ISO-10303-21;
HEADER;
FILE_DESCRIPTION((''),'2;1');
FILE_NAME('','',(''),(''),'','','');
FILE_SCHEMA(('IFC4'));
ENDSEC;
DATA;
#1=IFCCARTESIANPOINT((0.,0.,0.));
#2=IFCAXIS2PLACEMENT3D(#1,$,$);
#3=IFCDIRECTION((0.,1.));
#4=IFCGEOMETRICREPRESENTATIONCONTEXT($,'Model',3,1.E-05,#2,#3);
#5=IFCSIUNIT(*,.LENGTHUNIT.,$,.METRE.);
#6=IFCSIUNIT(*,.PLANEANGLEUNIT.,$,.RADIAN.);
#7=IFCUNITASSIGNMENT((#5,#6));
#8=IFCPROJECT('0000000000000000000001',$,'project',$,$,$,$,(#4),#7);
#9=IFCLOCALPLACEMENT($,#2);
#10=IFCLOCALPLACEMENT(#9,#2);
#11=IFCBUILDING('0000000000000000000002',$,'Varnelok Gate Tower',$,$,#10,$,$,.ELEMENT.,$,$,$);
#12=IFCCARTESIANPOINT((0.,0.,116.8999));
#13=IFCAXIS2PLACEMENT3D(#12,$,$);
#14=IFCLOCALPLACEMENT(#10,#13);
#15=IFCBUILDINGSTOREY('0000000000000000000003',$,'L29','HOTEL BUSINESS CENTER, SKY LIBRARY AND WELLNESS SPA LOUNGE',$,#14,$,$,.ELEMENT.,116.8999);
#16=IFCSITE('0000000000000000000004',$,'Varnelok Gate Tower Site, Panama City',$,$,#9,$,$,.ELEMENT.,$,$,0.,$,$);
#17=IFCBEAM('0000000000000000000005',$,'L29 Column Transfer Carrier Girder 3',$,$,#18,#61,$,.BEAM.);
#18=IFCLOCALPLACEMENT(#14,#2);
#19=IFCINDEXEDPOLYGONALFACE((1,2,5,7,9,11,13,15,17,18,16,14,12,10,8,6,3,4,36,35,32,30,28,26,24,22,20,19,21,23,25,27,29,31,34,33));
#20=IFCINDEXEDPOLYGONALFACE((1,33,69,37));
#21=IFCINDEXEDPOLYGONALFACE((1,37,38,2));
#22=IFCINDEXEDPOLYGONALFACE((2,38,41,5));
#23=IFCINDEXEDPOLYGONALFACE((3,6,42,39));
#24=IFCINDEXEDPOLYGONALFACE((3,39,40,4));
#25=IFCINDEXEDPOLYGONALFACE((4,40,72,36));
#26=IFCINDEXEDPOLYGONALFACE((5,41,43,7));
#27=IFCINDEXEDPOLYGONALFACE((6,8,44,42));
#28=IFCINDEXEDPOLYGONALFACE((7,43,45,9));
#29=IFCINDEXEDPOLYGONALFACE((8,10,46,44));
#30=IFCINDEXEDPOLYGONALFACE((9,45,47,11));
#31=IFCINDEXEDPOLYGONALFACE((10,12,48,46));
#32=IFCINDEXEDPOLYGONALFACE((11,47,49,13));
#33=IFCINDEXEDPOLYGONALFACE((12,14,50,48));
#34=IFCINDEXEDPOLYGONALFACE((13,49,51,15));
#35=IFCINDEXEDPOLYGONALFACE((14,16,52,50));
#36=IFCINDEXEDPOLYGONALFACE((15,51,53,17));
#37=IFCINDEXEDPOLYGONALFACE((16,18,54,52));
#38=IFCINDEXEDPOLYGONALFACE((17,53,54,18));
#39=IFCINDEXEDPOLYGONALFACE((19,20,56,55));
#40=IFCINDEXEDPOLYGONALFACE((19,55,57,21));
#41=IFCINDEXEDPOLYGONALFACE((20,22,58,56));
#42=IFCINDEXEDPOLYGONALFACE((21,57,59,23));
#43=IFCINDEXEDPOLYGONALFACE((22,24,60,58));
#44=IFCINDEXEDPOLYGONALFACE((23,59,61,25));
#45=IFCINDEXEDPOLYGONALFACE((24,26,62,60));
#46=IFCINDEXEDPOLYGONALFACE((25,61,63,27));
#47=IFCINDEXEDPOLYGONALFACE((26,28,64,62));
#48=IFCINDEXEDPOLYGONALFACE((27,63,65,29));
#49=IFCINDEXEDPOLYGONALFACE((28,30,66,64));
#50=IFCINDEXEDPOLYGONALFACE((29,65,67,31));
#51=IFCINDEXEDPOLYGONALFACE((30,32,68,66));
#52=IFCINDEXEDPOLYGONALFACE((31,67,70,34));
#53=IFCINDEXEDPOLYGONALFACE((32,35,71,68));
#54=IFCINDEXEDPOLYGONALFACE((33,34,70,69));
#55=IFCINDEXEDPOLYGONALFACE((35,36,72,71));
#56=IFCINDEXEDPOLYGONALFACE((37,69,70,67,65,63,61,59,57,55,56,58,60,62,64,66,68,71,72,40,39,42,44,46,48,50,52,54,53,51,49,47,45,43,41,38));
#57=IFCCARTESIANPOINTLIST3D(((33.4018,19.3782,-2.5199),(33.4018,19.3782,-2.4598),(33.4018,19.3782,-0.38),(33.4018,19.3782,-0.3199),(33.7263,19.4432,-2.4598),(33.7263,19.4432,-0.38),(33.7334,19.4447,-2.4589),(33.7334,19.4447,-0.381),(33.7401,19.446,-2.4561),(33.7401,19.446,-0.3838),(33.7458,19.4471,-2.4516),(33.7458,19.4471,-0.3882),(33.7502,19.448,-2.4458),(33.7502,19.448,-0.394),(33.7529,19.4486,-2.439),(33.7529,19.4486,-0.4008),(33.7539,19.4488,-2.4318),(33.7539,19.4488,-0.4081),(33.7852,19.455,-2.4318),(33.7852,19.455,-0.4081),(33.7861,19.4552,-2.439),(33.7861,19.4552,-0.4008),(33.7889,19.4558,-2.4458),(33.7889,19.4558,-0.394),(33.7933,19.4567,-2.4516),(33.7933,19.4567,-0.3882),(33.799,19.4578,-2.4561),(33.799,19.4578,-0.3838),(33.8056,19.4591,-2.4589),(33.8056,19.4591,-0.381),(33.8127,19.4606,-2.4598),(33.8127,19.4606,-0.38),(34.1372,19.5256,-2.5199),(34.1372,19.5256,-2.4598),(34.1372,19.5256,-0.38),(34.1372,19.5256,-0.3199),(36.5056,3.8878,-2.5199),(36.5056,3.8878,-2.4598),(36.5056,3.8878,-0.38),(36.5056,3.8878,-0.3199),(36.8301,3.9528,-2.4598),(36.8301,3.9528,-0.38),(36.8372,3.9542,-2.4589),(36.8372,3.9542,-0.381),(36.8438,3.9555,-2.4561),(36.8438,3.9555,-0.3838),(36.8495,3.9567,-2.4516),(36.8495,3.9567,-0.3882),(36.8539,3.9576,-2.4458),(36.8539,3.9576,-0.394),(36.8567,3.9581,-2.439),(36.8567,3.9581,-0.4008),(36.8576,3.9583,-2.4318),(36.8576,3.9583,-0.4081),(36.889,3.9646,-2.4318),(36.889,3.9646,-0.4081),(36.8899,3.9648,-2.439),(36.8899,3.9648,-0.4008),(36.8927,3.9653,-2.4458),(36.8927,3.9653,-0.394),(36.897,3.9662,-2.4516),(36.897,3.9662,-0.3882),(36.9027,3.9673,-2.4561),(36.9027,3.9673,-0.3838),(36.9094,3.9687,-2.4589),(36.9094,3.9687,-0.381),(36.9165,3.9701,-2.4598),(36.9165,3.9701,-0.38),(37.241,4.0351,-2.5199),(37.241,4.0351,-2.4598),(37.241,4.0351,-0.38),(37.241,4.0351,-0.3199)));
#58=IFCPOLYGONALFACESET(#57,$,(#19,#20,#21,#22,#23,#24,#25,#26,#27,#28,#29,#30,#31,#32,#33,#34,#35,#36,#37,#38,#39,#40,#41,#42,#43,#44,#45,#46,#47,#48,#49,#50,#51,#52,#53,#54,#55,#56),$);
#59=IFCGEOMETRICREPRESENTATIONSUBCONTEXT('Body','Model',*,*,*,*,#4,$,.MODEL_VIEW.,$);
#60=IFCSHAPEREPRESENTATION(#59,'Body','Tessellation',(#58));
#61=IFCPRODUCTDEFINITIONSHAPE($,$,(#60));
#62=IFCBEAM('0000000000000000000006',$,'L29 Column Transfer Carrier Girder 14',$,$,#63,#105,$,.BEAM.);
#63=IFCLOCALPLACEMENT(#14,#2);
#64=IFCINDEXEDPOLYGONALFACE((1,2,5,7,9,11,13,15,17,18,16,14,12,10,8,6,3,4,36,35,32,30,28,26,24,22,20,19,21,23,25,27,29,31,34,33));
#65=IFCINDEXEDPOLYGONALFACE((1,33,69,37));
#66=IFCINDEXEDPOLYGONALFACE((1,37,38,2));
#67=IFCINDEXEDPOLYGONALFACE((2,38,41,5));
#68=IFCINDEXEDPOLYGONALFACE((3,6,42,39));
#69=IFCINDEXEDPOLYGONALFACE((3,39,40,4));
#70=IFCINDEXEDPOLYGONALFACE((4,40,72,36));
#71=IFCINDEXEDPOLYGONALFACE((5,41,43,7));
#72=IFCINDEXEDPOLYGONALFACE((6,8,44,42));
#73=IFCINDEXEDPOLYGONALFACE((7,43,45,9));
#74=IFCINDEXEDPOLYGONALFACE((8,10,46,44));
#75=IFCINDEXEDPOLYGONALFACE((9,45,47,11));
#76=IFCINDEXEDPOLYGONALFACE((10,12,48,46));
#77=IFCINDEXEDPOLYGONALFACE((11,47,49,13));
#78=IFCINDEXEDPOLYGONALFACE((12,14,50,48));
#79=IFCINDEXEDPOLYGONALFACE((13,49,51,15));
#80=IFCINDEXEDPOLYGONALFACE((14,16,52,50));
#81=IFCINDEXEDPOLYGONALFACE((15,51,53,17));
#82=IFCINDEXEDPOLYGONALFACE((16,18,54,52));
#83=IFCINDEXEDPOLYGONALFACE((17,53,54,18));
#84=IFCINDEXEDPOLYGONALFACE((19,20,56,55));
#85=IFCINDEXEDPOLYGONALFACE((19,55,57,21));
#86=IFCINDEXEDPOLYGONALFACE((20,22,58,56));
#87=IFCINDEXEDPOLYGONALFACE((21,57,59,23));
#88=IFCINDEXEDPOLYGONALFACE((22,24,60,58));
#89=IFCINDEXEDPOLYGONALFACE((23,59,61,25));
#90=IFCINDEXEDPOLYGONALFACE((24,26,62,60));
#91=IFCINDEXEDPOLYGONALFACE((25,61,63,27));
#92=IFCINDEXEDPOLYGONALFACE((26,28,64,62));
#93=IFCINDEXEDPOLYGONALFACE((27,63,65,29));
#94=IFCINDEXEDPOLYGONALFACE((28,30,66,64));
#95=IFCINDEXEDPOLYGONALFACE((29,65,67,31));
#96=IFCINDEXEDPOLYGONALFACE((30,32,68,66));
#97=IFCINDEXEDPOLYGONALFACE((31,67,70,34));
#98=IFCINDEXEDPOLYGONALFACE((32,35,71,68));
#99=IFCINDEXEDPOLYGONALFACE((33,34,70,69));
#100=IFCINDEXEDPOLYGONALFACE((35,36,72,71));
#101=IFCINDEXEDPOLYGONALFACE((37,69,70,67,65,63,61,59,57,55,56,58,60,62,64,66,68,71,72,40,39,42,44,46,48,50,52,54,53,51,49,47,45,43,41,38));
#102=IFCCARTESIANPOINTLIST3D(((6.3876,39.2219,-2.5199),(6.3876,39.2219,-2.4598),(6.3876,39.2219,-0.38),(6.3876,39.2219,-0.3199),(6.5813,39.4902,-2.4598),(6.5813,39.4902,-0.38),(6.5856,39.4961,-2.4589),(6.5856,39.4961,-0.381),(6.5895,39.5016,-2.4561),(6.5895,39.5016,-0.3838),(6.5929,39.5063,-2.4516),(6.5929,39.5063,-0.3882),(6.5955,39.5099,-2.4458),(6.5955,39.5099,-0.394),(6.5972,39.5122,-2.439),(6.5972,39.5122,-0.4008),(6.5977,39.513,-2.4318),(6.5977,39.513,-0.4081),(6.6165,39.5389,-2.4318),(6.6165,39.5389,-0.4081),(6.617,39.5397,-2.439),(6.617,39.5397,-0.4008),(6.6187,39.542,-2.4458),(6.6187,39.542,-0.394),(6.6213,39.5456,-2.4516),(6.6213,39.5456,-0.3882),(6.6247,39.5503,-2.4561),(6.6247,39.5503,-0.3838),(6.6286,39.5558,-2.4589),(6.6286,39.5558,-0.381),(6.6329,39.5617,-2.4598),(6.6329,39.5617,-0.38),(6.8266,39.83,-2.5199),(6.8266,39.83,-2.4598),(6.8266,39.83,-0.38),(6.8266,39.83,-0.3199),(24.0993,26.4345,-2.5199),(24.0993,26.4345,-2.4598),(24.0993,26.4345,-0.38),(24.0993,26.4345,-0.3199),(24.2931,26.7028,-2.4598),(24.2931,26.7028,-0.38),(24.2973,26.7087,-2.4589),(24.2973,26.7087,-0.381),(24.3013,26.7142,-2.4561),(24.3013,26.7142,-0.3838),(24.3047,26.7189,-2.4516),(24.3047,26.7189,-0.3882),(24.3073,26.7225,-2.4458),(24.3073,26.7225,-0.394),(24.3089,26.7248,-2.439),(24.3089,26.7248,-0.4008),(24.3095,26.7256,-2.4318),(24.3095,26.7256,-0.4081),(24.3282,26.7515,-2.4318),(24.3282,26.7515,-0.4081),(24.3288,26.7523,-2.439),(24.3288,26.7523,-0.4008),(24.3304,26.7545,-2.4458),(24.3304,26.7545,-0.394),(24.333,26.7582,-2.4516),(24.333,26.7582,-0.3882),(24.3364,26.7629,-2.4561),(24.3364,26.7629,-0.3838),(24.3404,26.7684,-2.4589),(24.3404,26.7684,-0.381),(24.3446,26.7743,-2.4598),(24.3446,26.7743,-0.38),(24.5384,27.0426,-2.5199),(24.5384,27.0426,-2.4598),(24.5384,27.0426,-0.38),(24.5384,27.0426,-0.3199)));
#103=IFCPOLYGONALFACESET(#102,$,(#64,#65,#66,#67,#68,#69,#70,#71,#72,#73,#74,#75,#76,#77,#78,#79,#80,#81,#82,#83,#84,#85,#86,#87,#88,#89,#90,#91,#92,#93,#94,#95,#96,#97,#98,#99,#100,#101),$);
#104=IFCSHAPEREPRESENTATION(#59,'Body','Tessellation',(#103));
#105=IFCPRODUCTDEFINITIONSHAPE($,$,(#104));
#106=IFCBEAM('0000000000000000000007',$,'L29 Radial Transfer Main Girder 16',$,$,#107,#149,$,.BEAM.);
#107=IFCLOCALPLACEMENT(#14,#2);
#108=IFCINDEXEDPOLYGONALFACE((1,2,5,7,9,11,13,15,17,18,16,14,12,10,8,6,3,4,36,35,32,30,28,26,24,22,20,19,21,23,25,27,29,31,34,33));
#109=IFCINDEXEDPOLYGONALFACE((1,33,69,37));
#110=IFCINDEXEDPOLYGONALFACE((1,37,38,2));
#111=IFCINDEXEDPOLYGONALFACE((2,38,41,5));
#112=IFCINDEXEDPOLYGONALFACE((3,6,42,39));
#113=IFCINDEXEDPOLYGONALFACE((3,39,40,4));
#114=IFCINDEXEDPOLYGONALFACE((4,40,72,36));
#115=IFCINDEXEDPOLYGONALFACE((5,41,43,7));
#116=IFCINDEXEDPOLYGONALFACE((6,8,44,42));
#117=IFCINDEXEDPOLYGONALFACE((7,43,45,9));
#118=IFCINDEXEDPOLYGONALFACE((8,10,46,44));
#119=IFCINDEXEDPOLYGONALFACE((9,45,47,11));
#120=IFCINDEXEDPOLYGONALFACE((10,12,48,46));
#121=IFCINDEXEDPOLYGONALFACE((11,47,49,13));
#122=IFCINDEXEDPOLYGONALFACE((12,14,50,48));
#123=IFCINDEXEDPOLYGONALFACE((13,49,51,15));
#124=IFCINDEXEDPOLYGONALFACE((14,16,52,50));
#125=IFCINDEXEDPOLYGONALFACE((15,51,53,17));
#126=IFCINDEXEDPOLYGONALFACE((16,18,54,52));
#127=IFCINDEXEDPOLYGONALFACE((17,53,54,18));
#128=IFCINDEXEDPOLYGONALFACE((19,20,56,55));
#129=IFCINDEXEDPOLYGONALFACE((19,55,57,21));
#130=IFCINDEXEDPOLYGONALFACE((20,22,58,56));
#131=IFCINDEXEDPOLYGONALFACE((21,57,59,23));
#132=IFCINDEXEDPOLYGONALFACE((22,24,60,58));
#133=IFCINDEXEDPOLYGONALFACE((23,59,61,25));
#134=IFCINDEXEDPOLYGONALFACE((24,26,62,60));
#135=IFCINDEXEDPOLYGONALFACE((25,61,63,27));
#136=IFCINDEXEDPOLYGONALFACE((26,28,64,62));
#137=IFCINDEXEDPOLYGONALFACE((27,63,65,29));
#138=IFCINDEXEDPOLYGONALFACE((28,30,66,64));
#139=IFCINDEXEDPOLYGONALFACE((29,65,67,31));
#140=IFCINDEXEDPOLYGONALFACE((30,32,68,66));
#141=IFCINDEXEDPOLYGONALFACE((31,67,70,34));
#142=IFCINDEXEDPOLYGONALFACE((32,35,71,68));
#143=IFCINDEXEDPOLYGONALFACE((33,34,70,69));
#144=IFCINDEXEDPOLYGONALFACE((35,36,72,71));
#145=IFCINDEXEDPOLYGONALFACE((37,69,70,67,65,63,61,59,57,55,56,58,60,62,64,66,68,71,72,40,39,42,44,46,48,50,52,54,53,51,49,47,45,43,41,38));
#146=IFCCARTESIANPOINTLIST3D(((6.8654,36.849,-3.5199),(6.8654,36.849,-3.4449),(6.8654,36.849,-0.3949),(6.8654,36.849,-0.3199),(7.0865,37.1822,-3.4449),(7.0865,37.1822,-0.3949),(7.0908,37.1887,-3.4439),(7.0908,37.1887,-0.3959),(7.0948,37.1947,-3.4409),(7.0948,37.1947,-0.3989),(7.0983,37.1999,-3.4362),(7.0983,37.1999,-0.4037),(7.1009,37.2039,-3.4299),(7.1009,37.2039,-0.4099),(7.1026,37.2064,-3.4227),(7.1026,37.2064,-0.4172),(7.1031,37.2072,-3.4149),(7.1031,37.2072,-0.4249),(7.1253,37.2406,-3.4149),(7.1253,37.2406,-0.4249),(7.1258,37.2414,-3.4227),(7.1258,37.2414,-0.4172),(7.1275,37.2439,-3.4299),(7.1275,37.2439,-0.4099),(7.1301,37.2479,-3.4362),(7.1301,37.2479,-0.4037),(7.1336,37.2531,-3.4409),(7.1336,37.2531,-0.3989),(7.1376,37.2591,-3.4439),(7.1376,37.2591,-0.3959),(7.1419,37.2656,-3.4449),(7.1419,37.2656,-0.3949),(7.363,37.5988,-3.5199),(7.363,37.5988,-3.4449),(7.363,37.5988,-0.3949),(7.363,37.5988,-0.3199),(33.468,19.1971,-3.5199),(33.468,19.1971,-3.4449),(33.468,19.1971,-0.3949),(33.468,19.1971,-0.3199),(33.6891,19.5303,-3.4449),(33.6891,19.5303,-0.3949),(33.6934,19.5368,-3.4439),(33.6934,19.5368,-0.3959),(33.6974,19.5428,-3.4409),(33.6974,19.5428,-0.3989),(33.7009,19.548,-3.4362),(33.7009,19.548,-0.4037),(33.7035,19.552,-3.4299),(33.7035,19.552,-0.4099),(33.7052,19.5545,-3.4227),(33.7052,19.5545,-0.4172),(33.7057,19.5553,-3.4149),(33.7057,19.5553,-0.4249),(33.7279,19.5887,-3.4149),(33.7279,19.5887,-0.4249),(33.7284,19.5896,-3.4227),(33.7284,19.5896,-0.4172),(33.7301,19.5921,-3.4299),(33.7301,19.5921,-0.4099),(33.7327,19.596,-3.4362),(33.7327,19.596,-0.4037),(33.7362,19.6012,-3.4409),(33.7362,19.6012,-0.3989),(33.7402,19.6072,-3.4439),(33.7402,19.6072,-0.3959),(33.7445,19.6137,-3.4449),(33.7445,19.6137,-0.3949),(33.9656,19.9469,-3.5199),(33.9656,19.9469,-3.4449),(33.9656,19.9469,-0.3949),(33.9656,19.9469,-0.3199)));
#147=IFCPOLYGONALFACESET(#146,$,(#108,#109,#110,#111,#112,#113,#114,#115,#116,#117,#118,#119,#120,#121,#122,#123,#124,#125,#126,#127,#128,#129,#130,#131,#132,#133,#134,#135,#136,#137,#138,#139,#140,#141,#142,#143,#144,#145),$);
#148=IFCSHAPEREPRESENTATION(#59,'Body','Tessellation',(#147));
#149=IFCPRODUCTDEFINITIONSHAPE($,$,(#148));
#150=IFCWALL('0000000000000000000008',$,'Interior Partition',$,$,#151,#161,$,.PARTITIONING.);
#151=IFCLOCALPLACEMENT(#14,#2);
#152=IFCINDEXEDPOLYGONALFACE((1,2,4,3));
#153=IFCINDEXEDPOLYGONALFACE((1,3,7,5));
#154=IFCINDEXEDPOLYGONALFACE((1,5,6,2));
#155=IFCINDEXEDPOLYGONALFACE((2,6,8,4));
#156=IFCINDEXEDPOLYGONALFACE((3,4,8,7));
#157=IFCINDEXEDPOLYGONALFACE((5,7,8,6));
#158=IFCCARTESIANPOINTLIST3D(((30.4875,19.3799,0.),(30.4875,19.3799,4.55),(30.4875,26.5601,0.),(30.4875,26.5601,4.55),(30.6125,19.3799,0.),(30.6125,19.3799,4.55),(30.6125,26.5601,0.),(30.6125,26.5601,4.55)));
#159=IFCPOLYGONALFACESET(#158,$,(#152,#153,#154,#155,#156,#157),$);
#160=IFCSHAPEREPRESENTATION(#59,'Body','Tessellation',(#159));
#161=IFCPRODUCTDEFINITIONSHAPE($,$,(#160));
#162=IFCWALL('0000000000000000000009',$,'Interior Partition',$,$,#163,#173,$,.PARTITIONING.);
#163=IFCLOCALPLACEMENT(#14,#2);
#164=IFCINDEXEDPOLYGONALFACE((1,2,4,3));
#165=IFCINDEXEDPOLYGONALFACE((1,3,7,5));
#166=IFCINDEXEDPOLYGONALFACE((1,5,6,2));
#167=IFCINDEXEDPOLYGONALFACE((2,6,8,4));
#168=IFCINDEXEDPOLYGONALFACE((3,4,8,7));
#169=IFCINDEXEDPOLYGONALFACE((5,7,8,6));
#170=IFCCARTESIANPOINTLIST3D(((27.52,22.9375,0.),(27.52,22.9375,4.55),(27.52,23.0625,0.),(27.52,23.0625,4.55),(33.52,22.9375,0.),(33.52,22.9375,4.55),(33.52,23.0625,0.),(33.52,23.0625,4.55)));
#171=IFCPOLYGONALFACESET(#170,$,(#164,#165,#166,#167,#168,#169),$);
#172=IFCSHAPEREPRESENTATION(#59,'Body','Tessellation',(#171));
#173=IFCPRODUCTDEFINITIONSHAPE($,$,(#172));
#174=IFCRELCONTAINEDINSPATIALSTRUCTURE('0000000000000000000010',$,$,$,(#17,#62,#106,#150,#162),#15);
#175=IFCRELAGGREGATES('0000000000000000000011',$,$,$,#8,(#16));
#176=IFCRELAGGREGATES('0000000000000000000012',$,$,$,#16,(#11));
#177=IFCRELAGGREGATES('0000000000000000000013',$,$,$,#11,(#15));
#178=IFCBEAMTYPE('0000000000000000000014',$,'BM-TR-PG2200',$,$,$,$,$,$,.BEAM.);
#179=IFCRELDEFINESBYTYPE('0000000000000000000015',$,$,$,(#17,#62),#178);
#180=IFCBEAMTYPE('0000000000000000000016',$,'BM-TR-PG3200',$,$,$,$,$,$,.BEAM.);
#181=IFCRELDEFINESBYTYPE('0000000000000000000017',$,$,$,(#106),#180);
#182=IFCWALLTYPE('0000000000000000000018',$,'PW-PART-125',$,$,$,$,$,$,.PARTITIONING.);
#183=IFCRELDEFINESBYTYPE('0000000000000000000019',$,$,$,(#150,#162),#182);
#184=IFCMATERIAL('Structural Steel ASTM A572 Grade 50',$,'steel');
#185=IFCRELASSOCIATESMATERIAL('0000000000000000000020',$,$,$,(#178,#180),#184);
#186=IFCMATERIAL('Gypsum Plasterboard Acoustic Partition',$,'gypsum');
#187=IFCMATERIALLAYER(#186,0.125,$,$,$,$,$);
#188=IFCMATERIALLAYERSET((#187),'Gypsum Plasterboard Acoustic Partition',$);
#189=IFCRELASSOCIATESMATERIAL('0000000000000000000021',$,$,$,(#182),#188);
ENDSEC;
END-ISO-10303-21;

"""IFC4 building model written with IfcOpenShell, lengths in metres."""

from ifc_helpers import new_model, si_unit, direction, frame, frame_2d, origin, origin_2d, place, context, subcontext, project, spatial, rectangle, i_section, extrude, material, layer, layer_set, material_profile, profile_set, type_object, element, save


model = new_model("IFC4")

# Units and contexts
model_context = context("Model", 3, precision=1e-05, world=origin(), true_north=direction((0.0, 1.0)))
body_context = subcontext(model_context, "Body", "Model", "MODEL_VIEW")
ifc_project = project(units=[si_unit("LENGTHUNIT", "METRE"), si_unit("PLANEANGLEUNIT", "RADIAN")], contexts=[model_context])

# Site, building, storey
site_placement = place(None, origin())
site = spatial("IfcSite", under=ifc_project, at=site_placement, Name="Varnelok Gate Tower Site, Panama City", CompositionType="ELEMENT", RefElevation=0.0)
building_placement = place(site_placement, origin())
building = spatial("IfcBuilding", under=site, at=building_placement, Name="Varnelok Gate Tower", CompositionType="ELEMENT")
storey_placement = place(building_placement, frame((0.0, 0.0, 116.8999)))
storey = spatial("IfcBuildingStorey", under=building, at=storey_placement, Name="L29", Description="HOTEL BUSINESS CENTER, SKY LIBRARY AND WELLNESS SPA LOUNGE", CompositionType="ELEMENT", Elevation=116.8999)

# Beams
ifc_material_1 = material(Name="Structural Steel ASTM A572 Grade 50", Category="steel")
ifc_material_profile_1 = material_profile(ifc_material_1, i_section(OverallWidth=0.75, OverallDepth=2.2, WebThickness=0.032, FlangeThickness=0.0601, FilletRadius=0.0281, at=origin_2d()), Name="PG2200X750")
ifc_profile_set_1 = profile_set([ifc_material_profile_1], Name="Structural Steel ASTM A572 Grade 50")
beam_type_1 = type_object("IfcBeamType", Name="BM-TR-PG2200", PredefinedType="BEAM", material=ifc_profile_set_1)
beam_1_placement = place(storey_placement, frame((33.7695, 19.4519, -1.4199), z_axis=(0.196461, -0.980512, 0.0), x_axis=(0.980512, 0.196461, 0.0)))
element("IfcBeam", 1, at=beam_1_placement, inside=storey, type_object=beam_type_1, Name="L29 Column Transfer Carrier Girder 3", PredefinedType="BEAM", context=body_context, shape_type="SweptSolid", body=[
    extrude(i_section(OverallWidth=0.75, OverallDepth=2.2, WebThickness=0.032, FlangeThickness=0.0601, FilletRadius=0.0281, at=origin_2d()), origin(), (0.0, 0.0, 1.0), 15.7983),
])
beam_2_placement = place(storey_placement, frame((24.3188, 26.7385, -1.4199), z_axis=(-0.810775, 0.585358, 0.0), x_axis=(-0.585358, -0.810775, 0.0)))
element("IfcBeam", 2, at=beam_2_placement, inside=storey, type_object=beam_type_1, Name="L29 Column Transfer Carrier Girder 14", PredefinedType="BEAM", context=body_context, shape_type="SweptSolid", body=[
    extrude(i_section(OverallWidth=0.75, OverallDepth=2.2, WebThickness=0.032, FlangeThickness=0.0601, FilletRadius=0.0281, at=origin_2d()), origin(), (0.0, 0.0, 1.0), 21.8455),
])
ifc_material_profile_2 = material_profile(ifc_material_1, i_section(OverallWidth=0.8999, OverallDepth=3.2, WebThickness=0.04, FlangeThickness=0.075, FilletRadius=0.03, at=origin_2d()), Name="PG3200X900")
ifc_profile_set_2 = profile_set([ifc_material_profile_2], Name="Structural Steel ASTM A572 Grade 50")
beam_type_2 = type_object("IfcBeamType", Name="BM-TR-PG3200", PredefinedType="BEAM", material=ifc_profile_set_2)
beam_3_placement = place(storey_placement, frame((33.7168, 19.572, -1.9199), z_axis=(-0.833251, 0.552895, 0.0), x_axis=(-0.552895, -0.833251, 0.0)))
element("IfcBeam", 3, at=beam_3_placement, inside=storey, type_object=beam_type_2, Name="L29 Radial Transfer Main Girder 16", PredefinedType="BEAM", context=body_context, shape_type="SweptSolid", body=[
    extrude(i_section(OverallWidth=0.8999, OverallDepth=3.2, WebThickness=0.04, FlangeThickness=0.075, FilletRadius=0.03, at=origin_2d()), origin(), (0.0, 0.0, 1.0), 31.9263),
])

# Walls
ifc_material_2 = material(Name="Gypsum Plasterboard Acoustic Partition", Category="gypsum")
ifc_layer_1 = layer(ifc_material_2, 0.125)
ifc_layer_set_1 = layer_set([ifc_layer_1], Name="Gypsum Plasterboard Acoustic Partition")
wall_type_1 = type_object("IfcWallType", Name="PW-PART-125", PredefinedType="PARTITIONING", material=ifc_layer_set_1)
wall_1_placement = place(storey_placement, frame((30.55, 19.3799, 0.0), z_axis=(0.0, 0.0, 1.0), x_axis=(0.0, 1.0, 0.0)))
element("IfcWall", 4, at=wall_1_placement, inside=storey, type_object=wall_type_1, Name="Interior Partition", PredefinedType="PARTITIONING", context=body_context, shape_type="SweptSolid", body=[
    extrude(rectangle(XDim=7.1802, YDim=0.125, at=frame_2d((3.5901, 0.0))), origin(), (0.0, 0.0, 1.0), 4.55),
])
wall_2_placement = place(storey_placement, frame((27.52, 23.0, 0.0), z_axis=(0.0, 0.0, 1.0), x_axis=(1.0, 0.0, 0.0)))
element("IfcWall", 5, at=wall_2_placement, inside=storey, type_object=wall_type_1, Name="Interior Partition", PredefinedType="PARTITIONING", context=body_context, shape_type="SweptSolid", body=[
    extrude(rectangle(XDim=6.0, YDim=0.125, at=frame_2d((3.0, 0.0))), origin(), (0.0, 0.0, 1.0), 4.55),
])

save(model, "model.ifc")
